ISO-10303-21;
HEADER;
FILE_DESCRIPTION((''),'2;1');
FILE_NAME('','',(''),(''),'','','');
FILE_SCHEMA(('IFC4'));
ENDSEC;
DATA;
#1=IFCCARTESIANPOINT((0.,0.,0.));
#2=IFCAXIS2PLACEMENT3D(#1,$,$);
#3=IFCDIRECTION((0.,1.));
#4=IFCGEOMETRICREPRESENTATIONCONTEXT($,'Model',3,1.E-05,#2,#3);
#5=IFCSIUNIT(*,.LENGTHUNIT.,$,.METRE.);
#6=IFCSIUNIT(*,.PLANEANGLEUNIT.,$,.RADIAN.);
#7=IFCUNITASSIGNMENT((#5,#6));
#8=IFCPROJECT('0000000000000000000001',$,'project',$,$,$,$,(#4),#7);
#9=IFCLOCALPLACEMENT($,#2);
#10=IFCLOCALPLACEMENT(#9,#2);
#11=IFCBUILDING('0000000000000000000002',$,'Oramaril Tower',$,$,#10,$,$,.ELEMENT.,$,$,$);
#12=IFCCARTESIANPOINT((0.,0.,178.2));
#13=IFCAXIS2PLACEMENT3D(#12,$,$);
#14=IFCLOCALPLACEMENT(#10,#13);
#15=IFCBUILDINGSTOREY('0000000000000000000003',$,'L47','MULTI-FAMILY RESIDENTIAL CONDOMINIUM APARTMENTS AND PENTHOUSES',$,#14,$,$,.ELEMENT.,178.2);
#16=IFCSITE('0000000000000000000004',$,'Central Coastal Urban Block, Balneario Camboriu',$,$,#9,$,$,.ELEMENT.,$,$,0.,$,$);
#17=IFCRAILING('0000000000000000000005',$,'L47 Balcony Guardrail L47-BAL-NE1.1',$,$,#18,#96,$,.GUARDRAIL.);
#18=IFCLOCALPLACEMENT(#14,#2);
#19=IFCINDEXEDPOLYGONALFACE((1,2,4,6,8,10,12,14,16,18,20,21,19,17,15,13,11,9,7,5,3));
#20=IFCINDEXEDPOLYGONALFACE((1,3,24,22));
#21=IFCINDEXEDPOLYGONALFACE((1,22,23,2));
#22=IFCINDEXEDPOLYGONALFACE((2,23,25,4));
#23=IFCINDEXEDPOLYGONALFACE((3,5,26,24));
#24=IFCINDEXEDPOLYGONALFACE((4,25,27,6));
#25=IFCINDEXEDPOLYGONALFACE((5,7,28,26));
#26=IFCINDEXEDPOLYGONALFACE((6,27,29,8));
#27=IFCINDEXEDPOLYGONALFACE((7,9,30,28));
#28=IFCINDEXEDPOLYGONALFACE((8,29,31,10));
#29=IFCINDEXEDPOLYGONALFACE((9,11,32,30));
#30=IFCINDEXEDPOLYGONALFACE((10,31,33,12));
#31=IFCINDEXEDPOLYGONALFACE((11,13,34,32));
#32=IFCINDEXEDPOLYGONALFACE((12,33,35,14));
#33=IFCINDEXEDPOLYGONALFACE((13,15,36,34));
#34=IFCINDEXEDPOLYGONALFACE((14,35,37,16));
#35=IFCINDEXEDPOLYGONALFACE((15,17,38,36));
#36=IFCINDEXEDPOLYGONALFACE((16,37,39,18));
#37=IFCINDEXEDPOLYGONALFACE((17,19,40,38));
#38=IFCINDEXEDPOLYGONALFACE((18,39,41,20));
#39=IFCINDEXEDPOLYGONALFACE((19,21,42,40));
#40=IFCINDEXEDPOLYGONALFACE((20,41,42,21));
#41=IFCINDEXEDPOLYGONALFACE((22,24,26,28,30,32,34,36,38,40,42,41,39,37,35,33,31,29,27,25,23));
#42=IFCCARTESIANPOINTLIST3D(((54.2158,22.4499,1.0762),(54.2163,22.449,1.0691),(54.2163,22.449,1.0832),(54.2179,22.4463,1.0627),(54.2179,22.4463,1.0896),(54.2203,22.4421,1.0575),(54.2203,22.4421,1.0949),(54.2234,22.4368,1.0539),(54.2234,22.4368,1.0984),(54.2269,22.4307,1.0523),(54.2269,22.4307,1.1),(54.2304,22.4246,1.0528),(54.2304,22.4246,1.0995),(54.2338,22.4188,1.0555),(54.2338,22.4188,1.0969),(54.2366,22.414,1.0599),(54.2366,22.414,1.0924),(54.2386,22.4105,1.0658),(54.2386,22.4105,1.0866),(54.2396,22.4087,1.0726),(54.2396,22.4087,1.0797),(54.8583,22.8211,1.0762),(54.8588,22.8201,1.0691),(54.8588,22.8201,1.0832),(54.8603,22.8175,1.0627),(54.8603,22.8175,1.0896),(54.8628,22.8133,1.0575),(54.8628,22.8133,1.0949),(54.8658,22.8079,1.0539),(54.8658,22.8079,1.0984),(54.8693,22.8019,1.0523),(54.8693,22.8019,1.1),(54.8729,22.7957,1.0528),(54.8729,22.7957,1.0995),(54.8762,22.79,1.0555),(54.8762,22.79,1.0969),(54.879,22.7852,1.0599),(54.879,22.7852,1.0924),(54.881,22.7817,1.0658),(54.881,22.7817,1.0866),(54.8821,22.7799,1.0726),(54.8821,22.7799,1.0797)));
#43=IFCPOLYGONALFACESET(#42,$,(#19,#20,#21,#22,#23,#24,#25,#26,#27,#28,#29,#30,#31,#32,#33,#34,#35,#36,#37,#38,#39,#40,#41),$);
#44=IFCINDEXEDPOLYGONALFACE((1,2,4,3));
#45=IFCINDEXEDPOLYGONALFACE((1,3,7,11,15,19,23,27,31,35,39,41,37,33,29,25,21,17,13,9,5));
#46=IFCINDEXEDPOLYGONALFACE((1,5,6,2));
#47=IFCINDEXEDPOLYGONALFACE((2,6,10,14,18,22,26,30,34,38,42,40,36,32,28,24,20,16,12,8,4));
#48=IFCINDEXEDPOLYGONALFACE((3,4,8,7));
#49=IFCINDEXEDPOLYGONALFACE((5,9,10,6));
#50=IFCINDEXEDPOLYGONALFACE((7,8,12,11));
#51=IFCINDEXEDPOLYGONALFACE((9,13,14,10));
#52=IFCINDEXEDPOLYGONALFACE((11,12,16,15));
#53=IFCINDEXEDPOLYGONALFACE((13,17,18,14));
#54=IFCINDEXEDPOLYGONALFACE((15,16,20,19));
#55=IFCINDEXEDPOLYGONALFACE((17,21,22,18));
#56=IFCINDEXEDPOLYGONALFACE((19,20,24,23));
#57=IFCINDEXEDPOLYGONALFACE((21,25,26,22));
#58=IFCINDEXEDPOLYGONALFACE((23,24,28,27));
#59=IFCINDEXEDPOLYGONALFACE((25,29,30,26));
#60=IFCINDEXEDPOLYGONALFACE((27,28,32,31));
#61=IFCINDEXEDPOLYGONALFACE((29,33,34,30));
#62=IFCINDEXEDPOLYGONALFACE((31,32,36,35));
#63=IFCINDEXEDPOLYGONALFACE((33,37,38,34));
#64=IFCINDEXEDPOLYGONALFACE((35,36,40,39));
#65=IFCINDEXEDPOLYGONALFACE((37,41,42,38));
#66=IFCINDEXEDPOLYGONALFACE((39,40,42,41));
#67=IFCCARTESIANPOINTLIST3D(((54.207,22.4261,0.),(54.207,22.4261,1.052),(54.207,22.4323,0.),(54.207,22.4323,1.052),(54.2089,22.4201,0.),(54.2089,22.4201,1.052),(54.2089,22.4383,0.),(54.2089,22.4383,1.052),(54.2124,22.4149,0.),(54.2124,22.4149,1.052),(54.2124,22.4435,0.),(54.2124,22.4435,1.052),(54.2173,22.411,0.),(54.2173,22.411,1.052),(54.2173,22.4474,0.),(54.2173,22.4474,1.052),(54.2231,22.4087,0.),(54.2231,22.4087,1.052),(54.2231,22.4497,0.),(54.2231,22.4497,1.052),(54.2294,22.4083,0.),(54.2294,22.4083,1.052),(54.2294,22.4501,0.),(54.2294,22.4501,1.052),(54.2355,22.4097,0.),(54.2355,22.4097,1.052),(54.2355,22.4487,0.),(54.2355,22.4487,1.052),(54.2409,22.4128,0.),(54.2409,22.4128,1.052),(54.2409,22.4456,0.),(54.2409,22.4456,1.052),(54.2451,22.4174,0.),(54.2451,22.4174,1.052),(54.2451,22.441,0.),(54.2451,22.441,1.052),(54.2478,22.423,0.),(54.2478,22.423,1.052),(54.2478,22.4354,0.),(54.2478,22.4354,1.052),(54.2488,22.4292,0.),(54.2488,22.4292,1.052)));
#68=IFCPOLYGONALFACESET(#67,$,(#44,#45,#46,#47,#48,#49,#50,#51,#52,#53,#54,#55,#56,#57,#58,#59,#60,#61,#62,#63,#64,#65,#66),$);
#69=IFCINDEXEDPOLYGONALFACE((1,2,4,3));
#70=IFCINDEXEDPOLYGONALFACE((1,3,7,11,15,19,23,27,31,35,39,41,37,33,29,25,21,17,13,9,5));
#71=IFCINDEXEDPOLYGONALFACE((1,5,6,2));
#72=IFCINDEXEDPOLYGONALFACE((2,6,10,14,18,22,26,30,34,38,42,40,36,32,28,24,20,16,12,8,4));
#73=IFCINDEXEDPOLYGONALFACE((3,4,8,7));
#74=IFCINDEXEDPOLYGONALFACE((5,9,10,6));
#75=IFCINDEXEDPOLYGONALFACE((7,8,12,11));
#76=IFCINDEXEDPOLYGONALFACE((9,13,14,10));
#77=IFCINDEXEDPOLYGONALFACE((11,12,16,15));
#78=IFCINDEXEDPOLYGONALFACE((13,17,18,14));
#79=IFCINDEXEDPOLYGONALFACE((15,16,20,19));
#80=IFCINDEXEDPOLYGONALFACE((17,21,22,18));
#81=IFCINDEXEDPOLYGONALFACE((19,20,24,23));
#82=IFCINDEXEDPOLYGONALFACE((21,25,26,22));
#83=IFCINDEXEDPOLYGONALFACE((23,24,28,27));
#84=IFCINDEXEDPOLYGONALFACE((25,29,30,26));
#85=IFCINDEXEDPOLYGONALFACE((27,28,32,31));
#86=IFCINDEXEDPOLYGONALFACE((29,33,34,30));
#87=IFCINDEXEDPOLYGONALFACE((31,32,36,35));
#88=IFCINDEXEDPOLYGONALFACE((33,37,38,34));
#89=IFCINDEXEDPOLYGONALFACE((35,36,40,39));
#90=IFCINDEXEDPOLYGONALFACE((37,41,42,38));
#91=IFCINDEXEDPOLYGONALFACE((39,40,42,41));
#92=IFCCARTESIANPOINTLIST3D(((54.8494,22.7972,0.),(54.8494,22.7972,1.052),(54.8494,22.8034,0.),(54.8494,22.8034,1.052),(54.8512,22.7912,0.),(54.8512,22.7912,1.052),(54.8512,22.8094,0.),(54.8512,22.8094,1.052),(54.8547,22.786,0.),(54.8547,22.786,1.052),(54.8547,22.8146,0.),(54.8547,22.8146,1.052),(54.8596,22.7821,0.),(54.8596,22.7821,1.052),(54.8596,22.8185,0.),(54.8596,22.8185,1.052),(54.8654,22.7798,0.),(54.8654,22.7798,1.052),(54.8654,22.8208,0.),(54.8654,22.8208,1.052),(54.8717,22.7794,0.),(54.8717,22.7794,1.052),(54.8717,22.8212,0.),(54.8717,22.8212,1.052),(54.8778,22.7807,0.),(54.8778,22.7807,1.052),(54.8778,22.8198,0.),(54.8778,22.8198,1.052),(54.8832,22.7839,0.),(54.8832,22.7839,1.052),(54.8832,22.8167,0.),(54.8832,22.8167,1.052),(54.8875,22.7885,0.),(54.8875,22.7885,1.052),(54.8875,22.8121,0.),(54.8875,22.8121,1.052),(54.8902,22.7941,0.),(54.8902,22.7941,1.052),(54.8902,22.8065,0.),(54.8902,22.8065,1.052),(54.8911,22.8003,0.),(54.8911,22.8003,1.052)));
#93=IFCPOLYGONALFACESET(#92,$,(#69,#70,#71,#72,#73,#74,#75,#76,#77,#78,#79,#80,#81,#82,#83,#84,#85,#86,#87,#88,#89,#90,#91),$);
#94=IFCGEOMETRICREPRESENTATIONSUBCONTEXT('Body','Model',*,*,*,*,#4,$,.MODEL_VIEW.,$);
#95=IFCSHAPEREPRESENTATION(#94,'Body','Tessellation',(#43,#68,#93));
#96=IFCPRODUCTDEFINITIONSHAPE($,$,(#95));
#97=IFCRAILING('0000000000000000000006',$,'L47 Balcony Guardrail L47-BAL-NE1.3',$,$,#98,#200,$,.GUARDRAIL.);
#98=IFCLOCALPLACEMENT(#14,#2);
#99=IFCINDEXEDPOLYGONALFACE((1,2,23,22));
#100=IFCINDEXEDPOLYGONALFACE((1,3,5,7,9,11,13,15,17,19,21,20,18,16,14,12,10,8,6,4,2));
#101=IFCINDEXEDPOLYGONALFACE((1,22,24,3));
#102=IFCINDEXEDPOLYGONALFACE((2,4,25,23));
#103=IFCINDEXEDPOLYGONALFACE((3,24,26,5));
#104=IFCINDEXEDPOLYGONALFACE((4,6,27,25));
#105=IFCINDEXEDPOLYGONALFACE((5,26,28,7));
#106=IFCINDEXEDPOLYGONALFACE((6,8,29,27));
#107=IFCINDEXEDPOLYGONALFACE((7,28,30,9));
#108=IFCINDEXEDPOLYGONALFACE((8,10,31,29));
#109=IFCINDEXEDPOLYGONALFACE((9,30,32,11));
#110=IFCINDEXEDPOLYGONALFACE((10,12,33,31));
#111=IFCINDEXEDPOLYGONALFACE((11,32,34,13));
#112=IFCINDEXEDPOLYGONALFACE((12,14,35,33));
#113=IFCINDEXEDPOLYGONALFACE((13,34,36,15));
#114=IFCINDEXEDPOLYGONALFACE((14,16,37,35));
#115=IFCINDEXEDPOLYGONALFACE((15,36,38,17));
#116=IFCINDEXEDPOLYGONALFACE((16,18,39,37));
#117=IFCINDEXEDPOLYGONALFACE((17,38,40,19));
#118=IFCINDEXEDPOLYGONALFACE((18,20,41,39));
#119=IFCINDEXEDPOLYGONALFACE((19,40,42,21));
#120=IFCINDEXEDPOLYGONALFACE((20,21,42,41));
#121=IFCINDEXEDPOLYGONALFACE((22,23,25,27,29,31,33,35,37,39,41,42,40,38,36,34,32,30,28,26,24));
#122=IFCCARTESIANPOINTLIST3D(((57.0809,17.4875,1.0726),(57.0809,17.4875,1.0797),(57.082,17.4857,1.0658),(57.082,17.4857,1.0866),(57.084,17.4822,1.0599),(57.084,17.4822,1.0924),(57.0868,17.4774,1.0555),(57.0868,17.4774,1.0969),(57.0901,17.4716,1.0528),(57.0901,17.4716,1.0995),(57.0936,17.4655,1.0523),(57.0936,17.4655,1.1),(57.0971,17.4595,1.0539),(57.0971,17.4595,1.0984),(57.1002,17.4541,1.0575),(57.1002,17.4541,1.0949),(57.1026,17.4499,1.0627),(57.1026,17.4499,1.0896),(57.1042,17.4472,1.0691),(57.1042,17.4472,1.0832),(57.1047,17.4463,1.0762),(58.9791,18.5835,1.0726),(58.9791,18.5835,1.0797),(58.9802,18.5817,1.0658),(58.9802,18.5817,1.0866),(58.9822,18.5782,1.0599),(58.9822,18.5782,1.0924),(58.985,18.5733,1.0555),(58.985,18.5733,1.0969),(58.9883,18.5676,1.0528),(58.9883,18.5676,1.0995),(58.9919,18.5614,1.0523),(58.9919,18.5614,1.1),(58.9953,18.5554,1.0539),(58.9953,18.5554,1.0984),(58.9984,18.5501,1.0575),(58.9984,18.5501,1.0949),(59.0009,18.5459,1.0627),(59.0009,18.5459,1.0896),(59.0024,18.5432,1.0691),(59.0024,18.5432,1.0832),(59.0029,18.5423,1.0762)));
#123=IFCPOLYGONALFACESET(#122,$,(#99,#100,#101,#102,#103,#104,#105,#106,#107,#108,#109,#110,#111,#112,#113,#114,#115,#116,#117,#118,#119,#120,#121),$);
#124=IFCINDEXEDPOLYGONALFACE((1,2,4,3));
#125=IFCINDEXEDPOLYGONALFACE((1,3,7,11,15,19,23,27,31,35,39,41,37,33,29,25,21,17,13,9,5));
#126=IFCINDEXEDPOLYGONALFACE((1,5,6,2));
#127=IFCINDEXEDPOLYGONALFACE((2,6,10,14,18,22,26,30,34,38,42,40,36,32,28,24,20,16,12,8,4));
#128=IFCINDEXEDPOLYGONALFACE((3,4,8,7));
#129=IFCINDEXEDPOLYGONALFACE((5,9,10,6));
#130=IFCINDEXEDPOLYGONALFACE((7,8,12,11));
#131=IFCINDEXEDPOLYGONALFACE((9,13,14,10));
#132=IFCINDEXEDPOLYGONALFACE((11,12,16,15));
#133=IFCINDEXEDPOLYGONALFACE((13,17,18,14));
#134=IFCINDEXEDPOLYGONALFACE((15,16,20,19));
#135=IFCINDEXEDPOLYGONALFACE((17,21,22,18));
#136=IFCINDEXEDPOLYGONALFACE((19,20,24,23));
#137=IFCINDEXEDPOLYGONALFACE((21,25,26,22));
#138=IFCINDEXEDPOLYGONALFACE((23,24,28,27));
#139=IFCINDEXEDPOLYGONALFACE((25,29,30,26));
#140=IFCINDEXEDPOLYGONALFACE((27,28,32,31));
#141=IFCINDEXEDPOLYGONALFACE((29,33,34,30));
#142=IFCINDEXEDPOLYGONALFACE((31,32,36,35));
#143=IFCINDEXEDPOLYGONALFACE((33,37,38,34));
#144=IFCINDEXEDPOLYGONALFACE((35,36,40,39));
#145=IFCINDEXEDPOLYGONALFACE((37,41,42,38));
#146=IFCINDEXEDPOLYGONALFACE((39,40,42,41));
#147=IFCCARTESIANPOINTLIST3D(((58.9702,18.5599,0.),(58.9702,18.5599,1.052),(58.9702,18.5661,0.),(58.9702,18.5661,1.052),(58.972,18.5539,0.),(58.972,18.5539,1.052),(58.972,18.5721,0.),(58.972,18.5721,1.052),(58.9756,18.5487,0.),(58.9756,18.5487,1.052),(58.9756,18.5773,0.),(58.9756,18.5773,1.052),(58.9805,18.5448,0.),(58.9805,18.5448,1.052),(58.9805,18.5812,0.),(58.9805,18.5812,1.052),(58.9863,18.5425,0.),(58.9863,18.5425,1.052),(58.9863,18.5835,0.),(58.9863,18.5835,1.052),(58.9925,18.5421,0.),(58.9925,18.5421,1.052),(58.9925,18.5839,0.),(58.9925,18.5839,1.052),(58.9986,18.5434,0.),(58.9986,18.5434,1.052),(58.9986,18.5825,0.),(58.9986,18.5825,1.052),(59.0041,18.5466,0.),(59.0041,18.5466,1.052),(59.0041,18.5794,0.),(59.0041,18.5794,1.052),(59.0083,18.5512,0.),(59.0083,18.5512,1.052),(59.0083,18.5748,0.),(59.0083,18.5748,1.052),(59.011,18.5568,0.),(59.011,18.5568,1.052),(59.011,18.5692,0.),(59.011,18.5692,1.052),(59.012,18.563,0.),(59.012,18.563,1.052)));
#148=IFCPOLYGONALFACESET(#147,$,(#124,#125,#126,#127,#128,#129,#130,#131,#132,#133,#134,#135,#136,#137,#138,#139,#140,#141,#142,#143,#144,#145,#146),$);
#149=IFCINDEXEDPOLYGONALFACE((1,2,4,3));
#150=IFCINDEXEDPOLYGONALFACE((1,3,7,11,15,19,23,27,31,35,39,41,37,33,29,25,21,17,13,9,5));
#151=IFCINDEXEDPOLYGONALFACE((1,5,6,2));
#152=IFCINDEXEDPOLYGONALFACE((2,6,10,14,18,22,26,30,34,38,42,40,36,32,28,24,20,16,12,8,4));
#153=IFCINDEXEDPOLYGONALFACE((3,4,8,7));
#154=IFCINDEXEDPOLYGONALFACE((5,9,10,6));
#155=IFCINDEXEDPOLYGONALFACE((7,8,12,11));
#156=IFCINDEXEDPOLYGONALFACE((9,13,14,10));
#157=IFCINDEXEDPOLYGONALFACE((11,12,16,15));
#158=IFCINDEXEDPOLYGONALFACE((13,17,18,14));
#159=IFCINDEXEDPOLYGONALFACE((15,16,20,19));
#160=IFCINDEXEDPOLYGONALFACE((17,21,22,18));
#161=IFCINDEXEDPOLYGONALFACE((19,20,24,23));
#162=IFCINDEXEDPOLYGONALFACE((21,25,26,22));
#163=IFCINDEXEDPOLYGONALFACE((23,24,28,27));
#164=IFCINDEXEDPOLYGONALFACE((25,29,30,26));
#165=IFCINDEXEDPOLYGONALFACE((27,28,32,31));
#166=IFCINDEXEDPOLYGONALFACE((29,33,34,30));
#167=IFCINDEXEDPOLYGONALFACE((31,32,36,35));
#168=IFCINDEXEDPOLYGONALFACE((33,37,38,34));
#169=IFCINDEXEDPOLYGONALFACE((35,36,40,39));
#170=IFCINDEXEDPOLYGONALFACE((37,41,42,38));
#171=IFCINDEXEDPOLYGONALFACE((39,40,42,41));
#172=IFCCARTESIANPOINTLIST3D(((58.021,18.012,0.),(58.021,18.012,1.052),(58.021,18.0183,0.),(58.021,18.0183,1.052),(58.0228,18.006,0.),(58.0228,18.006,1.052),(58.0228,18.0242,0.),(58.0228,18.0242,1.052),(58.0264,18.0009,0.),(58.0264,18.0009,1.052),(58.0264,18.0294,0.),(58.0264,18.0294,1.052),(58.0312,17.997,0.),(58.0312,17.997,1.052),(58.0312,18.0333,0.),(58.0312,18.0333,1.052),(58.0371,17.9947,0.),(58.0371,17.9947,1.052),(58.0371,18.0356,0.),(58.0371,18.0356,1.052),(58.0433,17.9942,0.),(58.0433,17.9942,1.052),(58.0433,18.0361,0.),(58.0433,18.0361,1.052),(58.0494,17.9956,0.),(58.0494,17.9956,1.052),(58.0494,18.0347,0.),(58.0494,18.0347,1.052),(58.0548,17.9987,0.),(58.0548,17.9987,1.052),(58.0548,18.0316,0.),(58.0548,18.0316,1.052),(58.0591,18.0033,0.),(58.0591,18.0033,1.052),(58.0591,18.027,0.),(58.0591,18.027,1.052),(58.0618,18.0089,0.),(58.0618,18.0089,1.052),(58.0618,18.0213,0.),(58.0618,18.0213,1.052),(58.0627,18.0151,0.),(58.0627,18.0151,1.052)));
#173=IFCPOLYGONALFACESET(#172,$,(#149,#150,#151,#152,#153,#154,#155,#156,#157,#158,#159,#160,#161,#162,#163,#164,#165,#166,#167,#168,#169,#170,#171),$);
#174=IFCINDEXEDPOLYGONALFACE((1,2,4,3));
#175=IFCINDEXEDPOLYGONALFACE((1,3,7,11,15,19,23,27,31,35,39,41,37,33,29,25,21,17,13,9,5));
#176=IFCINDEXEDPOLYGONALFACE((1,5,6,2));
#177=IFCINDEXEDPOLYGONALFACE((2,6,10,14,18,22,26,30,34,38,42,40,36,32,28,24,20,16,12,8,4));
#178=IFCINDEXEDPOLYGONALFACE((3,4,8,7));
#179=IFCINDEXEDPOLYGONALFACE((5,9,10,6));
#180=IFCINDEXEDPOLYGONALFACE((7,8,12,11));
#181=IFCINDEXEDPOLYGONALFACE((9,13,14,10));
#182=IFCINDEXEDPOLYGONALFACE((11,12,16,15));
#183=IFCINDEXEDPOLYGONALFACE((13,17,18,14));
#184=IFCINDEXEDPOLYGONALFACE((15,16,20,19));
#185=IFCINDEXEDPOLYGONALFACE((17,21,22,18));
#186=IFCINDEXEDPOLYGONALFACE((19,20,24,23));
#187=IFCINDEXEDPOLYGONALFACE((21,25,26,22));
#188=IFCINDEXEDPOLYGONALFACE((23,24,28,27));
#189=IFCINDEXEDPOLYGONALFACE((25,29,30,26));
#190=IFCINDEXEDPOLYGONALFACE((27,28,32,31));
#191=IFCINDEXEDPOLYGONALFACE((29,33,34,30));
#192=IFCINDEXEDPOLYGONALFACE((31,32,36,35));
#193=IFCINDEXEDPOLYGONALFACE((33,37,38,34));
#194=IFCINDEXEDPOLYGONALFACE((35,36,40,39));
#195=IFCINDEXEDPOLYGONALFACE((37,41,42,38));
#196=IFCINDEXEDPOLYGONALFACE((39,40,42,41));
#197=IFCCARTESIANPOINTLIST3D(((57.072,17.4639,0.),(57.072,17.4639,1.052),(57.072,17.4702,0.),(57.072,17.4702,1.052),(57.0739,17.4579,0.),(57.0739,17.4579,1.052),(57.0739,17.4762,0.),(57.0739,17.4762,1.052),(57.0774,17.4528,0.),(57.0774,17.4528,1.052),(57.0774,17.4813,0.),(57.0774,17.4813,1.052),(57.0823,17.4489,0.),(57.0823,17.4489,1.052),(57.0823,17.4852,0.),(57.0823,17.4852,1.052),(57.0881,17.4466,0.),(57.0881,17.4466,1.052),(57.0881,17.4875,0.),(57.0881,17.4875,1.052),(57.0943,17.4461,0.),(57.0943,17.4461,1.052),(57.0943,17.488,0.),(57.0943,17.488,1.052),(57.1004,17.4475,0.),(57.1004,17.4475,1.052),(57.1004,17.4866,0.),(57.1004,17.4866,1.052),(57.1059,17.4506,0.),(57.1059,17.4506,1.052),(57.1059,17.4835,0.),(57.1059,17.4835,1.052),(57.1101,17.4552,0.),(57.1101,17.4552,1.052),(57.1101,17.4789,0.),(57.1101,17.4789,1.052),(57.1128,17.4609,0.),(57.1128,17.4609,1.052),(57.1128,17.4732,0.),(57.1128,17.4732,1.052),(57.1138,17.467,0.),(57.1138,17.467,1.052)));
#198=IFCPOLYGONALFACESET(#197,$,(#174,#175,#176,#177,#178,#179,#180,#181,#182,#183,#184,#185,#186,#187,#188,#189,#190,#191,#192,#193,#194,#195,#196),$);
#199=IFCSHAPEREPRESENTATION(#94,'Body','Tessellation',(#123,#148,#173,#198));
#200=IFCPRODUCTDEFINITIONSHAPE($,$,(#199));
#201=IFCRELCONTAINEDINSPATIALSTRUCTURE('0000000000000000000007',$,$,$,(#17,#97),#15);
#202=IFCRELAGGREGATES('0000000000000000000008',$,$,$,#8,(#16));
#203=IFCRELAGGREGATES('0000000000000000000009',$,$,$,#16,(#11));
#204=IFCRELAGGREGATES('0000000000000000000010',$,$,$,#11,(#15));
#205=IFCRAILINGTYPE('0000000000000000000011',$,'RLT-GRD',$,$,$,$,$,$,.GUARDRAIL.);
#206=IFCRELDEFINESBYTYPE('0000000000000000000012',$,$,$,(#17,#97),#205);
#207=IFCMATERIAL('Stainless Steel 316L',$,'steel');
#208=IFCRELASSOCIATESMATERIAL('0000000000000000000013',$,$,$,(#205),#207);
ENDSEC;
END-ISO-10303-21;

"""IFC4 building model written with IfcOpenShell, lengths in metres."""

from ifc_helpers import new_model, si_unit, direction, frame, origin, origin_2d, place, context, subcontext, project, spatial, circle, extrude, material, type_object, element, save


model = new_model("IFC4")

# Units and contexts
model_context = context("Model", 3, precision=1e-05, world=origin(), true_north=direction((0.0, 1.0)))
body_context = subcontext(model_context, "Body", "Model", "MODEL_VIEW")
ifc_project = project(units=[si_unit("LENGTHUNIT", "METRE"), si_unit("PLANEANGLEUNIT", "RADIAN")], contexts=[model_context])

# Site, building, storey
site_placement = place(None, origin())
site = spatial("IfcSite", under=ifc_project, at=site_placement, Name="Central Coastal Urban Block, Balneario Camboriu", CompositionType="ELEMENT", RefElevation=0.0)
building_placement = place(site_placement, origin())
building = spatial("IfcBuilding", under=site, at=building_placement, Name="Oramaril Tower", CompositionType="ELEMENT")
storey_placement = place(building_placement, frame((0.0, 0.0, 178.2)))
storey = spatial("IfcBuildingStorey", under=building, at=storey_placement, Name="L47", Description="MULTI-FAMILY RESIDENTIAL CONDOMINIUM APARTMENTS AND PENTHOUSES", CompositionType="ELEMENT", Elevation=178.2)

# Railings
ifc_material_1 = material(Name="Stainless Steel 316L", Category="steel")
railing_type = type_object("IfcRailingType", Name="RLT-GRD", PredefinedType="GUARDRAIL", material=ifc_material_1)
railing_1_placement = place(storey_placement, frame((54.2278, 22.4292, 0.0)))
element("IfcRailing", 1, at=railing_1_placement, inside=storey, type_object=railing_type, Name="L47 Balcony Guardrail L47-BAL-NE1.1", PredefinedType="GUARDRAIL", context=body_context, shape_type="SweptSolid", body=[
    extrude(circle(Radius=0.0239, at=origin_2d()), frame((0.0, 0.0, 1.0762), z_axis=(0.865884, 0.500245, 0.0), x_axis=(-0.500245, 0.865884, 0.0)), (0.0, 0.0, 1.0), 0.7419),
    extrude(circle(Radius=0.021, at=origin_2d()), origin(), (0.0, 0.0, 1.0), 1.052),
    extrude(circle(Radius=0.021, at=origin_2d()), frame((0.6423, 0.3711, 0.0)), (0.0, 0.0, 1.0), 1.052),
])
railing_2_placement = place(storey_placement, frame((58.991, 18.563, 0.0)))
element("IfcRailing", 2, at=railing_2_placement, inside=storey, type_object=railing_type, Name="L47 Balcony Guardrail L47-BAL-NE1.3", PredefinedType="GUARDRAIL", context=body_context, shape_type="SweptSolid", body=[
    extrude(circle(Radius=0.0239, at=origin_2d()), frame((0.0, 0.0, 1.0762), z_axis=(-0.866021, -0.500008, 0.0), x_axis=(0.500008, -0.866021, 0.0)), (0.0, 0.0, 1.0), 2.1919),
    extrude(circle(Radius=0.021, at=origin_2d()), origin(), (0.0, 0.0, 1.0), 1.052),
    extrude(circle(Radius=0.021, at=origin_2d()), frame((-0.9492, -0.5479, 0.0)), (0.0, 0.0, 1.0), 1.052),
    extrude(circle(Radius=0.021, at=origin_2d()), frame((-1.8982, -1.0959, 0.0)), (0.0, 0.0, 1.0), 1.052),
])

save(model, "model.ifc")
